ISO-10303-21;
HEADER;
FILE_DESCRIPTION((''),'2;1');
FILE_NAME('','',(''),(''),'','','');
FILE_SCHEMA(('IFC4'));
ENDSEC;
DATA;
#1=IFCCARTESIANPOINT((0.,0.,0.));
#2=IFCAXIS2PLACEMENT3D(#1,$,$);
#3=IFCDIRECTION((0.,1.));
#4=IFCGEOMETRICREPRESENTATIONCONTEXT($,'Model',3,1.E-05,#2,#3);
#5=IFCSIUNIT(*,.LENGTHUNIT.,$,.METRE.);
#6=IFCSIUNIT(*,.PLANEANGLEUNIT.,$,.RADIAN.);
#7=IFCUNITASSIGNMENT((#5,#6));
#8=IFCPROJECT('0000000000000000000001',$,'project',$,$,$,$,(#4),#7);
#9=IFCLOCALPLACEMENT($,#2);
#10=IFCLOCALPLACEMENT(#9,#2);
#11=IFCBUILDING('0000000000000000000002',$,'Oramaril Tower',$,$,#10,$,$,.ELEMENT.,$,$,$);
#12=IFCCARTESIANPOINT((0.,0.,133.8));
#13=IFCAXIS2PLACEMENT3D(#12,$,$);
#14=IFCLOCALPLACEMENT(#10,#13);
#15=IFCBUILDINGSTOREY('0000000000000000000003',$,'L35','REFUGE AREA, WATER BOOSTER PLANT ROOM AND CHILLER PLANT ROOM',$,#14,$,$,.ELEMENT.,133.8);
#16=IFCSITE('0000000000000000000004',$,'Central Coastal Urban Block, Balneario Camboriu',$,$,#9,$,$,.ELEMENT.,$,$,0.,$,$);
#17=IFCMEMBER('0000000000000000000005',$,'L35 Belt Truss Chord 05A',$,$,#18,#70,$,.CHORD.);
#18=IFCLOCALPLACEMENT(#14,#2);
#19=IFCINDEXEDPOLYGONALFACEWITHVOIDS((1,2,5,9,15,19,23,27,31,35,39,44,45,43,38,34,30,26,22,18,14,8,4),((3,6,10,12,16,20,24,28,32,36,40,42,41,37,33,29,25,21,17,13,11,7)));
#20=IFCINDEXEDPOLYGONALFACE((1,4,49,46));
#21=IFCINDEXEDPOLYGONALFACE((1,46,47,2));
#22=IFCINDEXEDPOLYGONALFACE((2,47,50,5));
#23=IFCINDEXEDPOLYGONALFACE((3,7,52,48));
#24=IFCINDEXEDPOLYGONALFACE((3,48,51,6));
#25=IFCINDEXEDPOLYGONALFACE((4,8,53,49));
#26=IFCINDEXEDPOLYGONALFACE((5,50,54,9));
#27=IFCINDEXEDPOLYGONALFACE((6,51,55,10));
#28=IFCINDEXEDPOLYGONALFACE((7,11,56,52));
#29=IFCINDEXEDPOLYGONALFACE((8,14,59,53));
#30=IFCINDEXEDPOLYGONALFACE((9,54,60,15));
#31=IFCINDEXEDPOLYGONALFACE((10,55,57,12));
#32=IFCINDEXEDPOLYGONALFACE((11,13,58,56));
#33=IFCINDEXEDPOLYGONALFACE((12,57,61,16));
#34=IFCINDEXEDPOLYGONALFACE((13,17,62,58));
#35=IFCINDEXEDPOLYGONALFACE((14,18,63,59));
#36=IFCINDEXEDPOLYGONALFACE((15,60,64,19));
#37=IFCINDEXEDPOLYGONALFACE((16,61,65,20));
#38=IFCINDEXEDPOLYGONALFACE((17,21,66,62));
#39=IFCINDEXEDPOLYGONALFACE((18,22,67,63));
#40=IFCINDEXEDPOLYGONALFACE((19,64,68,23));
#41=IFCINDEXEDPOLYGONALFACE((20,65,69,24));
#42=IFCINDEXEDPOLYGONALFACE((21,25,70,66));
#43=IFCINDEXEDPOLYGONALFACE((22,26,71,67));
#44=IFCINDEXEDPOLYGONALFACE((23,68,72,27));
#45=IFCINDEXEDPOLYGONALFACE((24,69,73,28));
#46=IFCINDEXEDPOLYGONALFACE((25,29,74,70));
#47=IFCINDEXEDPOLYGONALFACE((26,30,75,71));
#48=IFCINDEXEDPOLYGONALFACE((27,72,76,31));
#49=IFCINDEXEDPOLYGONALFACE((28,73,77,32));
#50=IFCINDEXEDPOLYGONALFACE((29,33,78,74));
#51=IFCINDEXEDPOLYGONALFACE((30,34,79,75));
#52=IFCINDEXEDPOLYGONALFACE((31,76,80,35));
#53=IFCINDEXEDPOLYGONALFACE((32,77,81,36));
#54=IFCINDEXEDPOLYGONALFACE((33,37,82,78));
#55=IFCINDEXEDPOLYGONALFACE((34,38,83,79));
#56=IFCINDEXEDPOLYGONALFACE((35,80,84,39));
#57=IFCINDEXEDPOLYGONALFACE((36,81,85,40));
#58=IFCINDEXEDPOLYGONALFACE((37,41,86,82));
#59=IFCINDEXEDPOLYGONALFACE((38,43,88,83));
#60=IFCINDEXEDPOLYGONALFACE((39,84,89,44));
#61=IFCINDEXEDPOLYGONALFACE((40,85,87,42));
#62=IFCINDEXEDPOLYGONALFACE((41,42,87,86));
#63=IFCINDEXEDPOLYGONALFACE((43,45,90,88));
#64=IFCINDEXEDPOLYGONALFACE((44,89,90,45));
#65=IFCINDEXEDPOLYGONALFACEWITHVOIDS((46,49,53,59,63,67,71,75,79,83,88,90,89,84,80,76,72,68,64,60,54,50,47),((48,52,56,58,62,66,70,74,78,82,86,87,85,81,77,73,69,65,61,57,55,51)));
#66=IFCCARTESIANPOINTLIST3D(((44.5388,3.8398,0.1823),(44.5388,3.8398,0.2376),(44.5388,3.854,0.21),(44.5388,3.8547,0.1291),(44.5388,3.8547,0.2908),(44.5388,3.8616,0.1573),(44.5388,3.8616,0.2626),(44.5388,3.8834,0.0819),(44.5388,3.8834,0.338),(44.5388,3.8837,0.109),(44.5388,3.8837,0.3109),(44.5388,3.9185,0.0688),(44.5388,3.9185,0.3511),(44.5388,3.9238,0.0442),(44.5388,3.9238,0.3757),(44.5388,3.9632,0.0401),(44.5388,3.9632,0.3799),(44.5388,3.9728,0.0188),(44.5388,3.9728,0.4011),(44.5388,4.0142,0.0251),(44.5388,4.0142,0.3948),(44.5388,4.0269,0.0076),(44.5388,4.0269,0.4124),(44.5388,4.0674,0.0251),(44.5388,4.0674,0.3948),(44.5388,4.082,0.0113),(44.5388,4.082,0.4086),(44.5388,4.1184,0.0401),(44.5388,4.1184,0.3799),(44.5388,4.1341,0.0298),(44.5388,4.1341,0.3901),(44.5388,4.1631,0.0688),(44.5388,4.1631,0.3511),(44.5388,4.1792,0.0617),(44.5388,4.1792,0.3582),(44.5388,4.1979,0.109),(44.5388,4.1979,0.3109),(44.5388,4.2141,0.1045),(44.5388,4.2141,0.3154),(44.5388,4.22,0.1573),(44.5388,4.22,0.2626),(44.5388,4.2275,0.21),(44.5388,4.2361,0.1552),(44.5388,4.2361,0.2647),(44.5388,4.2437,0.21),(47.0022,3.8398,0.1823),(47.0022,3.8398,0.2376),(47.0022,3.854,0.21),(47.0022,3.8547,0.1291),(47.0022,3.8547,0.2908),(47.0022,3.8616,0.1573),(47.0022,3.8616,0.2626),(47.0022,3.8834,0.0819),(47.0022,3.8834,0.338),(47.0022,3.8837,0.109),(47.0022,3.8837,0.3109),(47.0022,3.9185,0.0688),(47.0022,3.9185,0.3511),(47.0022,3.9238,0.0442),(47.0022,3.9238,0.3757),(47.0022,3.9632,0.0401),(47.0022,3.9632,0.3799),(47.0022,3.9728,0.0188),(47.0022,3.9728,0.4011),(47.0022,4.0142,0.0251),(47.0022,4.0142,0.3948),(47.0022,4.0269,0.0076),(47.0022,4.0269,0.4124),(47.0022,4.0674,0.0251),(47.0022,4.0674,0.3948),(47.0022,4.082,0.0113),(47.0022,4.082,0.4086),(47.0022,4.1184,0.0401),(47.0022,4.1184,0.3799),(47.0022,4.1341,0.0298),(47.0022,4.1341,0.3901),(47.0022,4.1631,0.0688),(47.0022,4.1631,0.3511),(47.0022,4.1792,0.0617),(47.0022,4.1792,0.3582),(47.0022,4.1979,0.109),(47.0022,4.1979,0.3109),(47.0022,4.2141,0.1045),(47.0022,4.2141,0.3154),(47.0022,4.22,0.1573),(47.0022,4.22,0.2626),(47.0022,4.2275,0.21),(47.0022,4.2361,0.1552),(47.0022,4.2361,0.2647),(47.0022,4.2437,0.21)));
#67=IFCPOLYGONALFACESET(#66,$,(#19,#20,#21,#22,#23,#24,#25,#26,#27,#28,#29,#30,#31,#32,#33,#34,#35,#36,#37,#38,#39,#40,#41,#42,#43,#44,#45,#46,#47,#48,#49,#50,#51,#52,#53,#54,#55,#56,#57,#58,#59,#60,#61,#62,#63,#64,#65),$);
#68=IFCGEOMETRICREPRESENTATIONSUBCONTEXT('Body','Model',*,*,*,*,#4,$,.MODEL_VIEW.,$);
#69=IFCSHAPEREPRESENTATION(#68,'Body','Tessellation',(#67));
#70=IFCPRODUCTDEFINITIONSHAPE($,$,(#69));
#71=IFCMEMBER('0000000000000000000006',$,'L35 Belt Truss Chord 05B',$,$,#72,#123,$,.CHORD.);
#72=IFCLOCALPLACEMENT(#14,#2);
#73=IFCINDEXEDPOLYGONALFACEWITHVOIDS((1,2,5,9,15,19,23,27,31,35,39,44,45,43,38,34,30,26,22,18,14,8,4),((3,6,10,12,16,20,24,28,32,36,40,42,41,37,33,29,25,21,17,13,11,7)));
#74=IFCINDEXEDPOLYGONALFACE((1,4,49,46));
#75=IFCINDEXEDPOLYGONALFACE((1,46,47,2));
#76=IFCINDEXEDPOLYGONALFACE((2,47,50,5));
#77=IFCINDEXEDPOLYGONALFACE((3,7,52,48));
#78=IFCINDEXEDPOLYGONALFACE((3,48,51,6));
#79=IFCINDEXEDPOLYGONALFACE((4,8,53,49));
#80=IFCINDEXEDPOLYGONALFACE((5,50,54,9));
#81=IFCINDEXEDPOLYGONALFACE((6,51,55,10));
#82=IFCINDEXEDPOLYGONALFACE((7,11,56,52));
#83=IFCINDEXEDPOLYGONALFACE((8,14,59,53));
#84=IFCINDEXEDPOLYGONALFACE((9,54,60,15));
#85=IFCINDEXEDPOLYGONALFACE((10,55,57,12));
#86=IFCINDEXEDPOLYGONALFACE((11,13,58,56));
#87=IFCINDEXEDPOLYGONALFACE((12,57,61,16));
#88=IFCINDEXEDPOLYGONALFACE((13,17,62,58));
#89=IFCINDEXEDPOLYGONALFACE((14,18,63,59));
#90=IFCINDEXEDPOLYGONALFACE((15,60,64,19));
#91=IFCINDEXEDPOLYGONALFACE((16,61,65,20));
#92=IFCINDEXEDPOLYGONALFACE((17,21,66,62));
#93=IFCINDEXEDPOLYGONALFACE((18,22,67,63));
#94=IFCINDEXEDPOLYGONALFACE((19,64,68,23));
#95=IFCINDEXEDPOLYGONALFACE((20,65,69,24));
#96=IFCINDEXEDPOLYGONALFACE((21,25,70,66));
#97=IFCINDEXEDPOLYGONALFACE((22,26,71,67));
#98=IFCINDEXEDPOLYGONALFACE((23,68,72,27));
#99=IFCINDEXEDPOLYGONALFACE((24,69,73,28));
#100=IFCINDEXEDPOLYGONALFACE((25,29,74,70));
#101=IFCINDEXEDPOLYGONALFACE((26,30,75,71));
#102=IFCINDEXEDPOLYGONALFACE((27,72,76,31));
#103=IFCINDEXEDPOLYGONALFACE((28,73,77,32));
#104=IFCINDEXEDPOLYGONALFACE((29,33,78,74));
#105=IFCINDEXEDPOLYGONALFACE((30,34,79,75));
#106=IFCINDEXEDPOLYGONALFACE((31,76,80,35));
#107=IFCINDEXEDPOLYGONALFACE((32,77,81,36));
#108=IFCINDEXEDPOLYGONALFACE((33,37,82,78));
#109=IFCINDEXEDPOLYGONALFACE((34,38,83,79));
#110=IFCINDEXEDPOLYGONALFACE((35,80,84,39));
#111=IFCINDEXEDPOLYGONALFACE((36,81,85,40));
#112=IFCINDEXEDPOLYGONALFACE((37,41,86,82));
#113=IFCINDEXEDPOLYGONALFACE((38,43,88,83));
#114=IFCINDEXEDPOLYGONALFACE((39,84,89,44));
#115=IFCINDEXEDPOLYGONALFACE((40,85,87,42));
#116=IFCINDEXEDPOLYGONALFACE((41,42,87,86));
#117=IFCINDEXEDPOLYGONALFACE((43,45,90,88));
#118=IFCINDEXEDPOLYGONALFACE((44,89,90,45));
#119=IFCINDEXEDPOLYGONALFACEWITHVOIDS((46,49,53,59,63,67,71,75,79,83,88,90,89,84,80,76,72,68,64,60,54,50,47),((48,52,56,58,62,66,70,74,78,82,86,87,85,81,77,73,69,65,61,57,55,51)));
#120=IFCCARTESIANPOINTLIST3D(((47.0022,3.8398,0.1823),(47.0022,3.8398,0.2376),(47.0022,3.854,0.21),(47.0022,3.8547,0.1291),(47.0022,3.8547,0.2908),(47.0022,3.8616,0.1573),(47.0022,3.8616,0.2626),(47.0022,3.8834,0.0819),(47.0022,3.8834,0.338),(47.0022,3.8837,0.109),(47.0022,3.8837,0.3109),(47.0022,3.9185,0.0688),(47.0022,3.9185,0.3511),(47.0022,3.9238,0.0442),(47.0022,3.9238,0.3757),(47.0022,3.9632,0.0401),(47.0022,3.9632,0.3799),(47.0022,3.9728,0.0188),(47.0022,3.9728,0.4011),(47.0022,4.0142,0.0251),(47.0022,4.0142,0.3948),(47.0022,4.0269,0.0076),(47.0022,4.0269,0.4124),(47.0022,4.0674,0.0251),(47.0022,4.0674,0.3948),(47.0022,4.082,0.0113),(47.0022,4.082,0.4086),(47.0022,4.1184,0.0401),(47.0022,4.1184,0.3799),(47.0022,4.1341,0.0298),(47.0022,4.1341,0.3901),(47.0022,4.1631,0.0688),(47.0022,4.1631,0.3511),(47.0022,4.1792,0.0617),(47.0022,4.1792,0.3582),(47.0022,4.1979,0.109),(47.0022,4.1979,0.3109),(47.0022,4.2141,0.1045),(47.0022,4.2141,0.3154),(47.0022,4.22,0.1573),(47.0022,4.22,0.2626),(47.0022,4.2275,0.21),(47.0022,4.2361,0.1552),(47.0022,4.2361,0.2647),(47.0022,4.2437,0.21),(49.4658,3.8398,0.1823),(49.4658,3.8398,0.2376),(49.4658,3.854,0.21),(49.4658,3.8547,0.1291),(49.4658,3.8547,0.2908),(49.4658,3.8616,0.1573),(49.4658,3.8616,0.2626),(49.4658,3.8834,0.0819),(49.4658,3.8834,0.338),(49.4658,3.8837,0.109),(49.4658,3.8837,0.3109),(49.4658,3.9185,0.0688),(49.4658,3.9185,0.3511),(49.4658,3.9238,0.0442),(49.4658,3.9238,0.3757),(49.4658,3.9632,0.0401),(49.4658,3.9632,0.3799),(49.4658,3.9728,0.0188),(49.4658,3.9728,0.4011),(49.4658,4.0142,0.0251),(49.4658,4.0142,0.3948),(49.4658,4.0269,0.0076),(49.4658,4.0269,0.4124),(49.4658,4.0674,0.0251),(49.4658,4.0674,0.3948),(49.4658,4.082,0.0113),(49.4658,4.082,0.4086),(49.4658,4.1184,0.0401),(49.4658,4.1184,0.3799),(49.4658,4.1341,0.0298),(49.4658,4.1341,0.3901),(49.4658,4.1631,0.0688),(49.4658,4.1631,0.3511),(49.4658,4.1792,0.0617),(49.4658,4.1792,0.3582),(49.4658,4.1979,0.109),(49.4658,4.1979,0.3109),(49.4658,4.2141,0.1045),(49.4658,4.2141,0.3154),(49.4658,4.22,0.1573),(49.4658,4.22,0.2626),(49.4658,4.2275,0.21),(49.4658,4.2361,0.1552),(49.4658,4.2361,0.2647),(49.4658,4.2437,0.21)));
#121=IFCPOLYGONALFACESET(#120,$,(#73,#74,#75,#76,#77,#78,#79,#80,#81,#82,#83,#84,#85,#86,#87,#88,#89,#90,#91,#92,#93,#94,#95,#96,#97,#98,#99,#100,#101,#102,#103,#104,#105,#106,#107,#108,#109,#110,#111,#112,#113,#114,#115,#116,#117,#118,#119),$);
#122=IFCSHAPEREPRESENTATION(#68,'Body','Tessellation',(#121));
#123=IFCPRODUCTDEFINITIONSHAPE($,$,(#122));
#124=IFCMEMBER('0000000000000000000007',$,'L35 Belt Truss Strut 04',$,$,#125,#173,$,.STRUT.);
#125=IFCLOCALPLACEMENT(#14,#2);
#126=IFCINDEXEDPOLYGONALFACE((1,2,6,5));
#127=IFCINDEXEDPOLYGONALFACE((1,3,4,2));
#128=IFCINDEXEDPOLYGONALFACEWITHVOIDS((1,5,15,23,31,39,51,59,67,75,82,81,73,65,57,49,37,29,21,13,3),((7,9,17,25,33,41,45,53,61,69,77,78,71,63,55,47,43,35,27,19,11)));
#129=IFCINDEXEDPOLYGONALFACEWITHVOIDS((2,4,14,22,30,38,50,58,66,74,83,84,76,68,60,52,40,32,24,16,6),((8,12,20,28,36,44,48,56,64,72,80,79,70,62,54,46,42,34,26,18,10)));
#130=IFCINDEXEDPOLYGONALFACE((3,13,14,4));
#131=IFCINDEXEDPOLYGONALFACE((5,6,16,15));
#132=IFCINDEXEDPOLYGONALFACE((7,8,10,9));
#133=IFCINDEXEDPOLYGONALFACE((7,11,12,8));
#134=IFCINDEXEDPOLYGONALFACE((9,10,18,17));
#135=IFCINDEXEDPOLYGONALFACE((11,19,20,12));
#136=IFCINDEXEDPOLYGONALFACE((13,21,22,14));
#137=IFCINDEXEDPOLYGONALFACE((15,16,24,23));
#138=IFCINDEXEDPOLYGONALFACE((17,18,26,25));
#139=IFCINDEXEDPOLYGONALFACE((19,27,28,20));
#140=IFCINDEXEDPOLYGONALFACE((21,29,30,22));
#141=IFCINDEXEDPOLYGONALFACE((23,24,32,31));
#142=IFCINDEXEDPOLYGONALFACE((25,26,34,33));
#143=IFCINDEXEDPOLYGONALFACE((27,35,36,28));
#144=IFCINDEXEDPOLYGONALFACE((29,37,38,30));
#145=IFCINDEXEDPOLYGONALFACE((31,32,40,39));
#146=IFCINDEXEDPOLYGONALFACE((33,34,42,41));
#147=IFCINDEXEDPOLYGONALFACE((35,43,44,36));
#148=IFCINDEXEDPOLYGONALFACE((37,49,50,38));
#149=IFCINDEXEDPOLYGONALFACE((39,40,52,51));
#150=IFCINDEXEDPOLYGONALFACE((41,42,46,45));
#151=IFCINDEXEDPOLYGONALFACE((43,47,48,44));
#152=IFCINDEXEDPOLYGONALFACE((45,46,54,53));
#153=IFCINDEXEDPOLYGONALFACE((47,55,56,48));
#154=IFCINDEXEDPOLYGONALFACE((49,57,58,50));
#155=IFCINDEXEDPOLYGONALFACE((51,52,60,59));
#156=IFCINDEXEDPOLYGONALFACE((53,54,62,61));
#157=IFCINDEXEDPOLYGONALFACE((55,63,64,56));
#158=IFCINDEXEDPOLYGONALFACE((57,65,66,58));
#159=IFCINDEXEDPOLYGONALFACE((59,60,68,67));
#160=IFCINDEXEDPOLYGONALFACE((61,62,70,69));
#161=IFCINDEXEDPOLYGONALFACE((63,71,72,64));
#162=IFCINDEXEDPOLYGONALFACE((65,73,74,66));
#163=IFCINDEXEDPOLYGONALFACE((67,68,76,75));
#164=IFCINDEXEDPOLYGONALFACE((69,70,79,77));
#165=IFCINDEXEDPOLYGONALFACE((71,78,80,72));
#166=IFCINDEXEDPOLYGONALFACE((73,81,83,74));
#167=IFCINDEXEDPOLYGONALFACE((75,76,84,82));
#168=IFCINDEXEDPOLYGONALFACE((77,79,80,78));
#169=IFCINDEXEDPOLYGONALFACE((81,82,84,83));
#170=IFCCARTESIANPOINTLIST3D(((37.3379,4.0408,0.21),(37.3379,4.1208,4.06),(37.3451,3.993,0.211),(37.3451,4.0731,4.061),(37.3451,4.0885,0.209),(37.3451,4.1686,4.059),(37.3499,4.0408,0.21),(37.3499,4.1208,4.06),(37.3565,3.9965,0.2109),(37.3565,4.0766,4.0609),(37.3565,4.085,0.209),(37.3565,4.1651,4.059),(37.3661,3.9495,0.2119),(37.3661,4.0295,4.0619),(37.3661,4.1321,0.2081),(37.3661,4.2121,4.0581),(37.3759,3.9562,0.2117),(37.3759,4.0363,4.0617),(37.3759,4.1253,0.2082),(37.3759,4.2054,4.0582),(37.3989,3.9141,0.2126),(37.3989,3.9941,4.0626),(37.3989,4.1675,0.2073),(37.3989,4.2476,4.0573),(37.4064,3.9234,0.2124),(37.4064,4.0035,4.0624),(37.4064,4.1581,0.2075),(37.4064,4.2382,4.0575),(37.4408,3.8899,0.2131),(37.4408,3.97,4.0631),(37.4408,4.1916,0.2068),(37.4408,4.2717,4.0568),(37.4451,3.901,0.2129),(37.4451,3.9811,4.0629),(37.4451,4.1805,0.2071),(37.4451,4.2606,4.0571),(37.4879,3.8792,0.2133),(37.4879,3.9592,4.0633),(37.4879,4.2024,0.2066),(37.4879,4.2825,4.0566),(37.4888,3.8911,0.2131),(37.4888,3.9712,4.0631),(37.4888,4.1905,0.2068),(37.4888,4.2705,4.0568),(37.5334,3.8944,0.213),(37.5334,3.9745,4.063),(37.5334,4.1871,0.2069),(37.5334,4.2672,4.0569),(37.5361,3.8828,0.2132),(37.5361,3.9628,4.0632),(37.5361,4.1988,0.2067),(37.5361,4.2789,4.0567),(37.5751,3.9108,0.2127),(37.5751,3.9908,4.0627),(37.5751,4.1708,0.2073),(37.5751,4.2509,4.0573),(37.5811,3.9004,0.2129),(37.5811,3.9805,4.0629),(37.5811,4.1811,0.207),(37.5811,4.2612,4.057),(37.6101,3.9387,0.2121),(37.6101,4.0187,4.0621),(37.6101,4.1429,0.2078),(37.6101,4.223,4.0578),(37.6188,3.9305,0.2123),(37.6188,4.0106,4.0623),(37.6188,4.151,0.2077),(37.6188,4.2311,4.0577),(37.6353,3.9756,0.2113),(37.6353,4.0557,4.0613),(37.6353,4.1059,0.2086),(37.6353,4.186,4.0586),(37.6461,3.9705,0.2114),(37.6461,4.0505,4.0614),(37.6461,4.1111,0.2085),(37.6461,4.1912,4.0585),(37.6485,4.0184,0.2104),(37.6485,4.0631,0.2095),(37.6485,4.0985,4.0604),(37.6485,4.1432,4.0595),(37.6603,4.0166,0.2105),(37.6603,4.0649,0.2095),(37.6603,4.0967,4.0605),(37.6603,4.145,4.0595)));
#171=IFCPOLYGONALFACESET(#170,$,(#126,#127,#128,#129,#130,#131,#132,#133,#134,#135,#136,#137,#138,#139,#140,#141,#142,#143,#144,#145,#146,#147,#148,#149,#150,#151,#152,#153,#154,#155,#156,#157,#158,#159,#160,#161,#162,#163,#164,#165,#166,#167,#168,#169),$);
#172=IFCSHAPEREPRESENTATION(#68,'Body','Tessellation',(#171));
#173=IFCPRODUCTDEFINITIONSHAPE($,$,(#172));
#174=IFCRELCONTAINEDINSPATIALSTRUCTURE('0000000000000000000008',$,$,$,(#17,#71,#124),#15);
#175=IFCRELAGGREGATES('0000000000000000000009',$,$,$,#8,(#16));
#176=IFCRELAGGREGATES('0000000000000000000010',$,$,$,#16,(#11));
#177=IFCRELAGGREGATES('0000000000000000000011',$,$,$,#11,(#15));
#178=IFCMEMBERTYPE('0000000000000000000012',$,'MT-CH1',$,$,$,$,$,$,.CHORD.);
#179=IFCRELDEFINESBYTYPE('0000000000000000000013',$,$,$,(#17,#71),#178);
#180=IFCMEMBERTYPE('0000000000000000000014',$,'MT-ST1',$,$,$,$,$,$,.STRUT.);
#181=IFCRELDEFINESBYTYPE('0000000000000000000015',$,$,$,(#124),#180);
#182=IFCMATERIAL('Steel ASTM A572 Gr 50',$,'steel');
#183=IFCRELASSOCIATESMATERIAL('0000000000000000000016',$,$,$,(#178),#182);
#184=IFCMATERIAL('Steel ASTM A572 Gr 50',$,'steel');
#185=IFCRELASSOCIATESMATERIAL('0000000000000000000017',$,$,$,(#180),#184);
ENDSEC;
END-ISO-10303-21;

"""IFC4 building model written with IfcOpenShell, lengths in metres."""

from ifc_helpers import new_model, si_unit, direction, frame, origin, origin_2d, place, context, subcontext, project, spatial, hollow_circle, extrude, material, material_profile, profile_set, type_object, element, save


model = new_model("IFC4")

# Units and contexts
model_context = context("Model", 3, precision=1e-05, world=origin(), true_north=direction((0.0, 1.0)))
body_context = subcontext(model_context, "Body", "Model", "MODEL_VIEW")
ifc_project = project(units=[si_unit("LENGTHUNIT", "METRE"), si_unit("PLANEANGLEUNIT", "RADIAN")], contexts=[model_context])

# Site, building, storey
site_placement = place(None, origin())
site = spatial("IfcSite", under=ifc_project, at=site_placement, Name="Central Coastal Urban Block, Balneario Camboriu", CompositionType="ELEMENT", RefElevation=0.0)
building_placement = place(site_placement, origin())
building = spatial("IfcBuilding", under=site, at=building_placement, Name="Oramaril Tower", CompositionType="ELEMENT")
storey_placement = place(building_placement, frame((0.0, 0.0, 133.8)))
storey = spatial("IfcBuildingStorey", under=building, at=storey_placement, Name="L35", Description="REFUGE AREA, WATER BOOSTER PLANT ROOM AND CHILLER PLANT ROOM", CompositionType="ELEMENT", Elevation=133.8)

# Members
ifc_material_1 = material(Name="Steel ASTM A572 Gr 50", Category="steel")
ifc_material_profile_1 = material_profile(ifc_material_1, hollow_circle(Radius=0.2029, WallThickness=0.0161, at=origin_2d()), Name="CHS406X16")
ifc_profile_set_1 = profile_set([ifc_material_profile_1], Name="Steel ASTM A572 Gr 50")
member_type_1 = type_object("IfcMemberType", Name="MT-CH1", PredefinedType="CHORD", material=ifc_profile_set_1)
member_1_placement = place(storey_placement, frame((44.5388, 4.0408, 0.21), z_axis=(1.0, 0.0, 0.0), x_axis=(0.0, 1.0, 0.0)))
element("IfcMember", 1, at=member_1_placement, inside=storey, type_object=member_type_1, Name="L35 Belt Truss Chord 05A", PredefinedType="CHORD", context=body_context, shape_type="SweptSolid", body=[
    extrude(hollow_circle(Radius=0.2029, WallThickness=0.0161, at=origin_2d()), origin(), (0.0, 0.0, 1.0), 2.4634),
])
member_2_placement = place(storey_placement, frame((47.0022, 4.0408, 0.21), z_axis=(1.0, 0.0, 0.0), x_axis=(0.0, 1.0, 0.0)))
element("IfcMember", 2, at=member_2_placement, inside=storey, type_object=member_type_1, Name="L35 Belt Truss Chord 05B", PredefinedType="CHORD", context=body_context, shape_type="SweptSolid", body=[
    extrude(hollow_circle(Radius=0.2029, WallThickness=0.0161, at=origin_2d()), origin(), (0.0, 0.0, 1.0), 2.4636),
])
ifc_material_2 = material(Name="Steel ASTM A572 Gr 50", Category="steel")
ifc_material_profile_2 = material_profile(ifc_material_2, hollow_circle(Radius=0.1621, WallThickness=0.012, at=origin_2d()), Name="CHS324X12")
ifc_profile_set_2 = profile_set([ifc_material_profile_2], Name="Steel ASTM A572 Gr 50")
member_type_2 = type_object("IfcMemberType", Name="MT-ST1", PredefinedType="STRUT", material=ifc_profile_set_2)
member_3_placement = place(storey_placement, frame((37.5, 4.0408, 0.21), z_axis=(0.0, 0.020794, 0.999784), x_axis=(-1.0, 0.0, 0.0)))
element("IfcMember", 3, at=member_3_placement, inside=storey, type_object=member_type_2, Name="L35 Belt Truss Strut 04", PredefinedType="STRUT", context=body_context, shape_type="SweptSolid", body=[
    extrude(hollow_circle(Radius=0.1621, WallThickness=0.012, at=origin_2d()), origin(), (0.0, 0.0, 1.0), 3.8508),
])

save(model, "model.ifc")
